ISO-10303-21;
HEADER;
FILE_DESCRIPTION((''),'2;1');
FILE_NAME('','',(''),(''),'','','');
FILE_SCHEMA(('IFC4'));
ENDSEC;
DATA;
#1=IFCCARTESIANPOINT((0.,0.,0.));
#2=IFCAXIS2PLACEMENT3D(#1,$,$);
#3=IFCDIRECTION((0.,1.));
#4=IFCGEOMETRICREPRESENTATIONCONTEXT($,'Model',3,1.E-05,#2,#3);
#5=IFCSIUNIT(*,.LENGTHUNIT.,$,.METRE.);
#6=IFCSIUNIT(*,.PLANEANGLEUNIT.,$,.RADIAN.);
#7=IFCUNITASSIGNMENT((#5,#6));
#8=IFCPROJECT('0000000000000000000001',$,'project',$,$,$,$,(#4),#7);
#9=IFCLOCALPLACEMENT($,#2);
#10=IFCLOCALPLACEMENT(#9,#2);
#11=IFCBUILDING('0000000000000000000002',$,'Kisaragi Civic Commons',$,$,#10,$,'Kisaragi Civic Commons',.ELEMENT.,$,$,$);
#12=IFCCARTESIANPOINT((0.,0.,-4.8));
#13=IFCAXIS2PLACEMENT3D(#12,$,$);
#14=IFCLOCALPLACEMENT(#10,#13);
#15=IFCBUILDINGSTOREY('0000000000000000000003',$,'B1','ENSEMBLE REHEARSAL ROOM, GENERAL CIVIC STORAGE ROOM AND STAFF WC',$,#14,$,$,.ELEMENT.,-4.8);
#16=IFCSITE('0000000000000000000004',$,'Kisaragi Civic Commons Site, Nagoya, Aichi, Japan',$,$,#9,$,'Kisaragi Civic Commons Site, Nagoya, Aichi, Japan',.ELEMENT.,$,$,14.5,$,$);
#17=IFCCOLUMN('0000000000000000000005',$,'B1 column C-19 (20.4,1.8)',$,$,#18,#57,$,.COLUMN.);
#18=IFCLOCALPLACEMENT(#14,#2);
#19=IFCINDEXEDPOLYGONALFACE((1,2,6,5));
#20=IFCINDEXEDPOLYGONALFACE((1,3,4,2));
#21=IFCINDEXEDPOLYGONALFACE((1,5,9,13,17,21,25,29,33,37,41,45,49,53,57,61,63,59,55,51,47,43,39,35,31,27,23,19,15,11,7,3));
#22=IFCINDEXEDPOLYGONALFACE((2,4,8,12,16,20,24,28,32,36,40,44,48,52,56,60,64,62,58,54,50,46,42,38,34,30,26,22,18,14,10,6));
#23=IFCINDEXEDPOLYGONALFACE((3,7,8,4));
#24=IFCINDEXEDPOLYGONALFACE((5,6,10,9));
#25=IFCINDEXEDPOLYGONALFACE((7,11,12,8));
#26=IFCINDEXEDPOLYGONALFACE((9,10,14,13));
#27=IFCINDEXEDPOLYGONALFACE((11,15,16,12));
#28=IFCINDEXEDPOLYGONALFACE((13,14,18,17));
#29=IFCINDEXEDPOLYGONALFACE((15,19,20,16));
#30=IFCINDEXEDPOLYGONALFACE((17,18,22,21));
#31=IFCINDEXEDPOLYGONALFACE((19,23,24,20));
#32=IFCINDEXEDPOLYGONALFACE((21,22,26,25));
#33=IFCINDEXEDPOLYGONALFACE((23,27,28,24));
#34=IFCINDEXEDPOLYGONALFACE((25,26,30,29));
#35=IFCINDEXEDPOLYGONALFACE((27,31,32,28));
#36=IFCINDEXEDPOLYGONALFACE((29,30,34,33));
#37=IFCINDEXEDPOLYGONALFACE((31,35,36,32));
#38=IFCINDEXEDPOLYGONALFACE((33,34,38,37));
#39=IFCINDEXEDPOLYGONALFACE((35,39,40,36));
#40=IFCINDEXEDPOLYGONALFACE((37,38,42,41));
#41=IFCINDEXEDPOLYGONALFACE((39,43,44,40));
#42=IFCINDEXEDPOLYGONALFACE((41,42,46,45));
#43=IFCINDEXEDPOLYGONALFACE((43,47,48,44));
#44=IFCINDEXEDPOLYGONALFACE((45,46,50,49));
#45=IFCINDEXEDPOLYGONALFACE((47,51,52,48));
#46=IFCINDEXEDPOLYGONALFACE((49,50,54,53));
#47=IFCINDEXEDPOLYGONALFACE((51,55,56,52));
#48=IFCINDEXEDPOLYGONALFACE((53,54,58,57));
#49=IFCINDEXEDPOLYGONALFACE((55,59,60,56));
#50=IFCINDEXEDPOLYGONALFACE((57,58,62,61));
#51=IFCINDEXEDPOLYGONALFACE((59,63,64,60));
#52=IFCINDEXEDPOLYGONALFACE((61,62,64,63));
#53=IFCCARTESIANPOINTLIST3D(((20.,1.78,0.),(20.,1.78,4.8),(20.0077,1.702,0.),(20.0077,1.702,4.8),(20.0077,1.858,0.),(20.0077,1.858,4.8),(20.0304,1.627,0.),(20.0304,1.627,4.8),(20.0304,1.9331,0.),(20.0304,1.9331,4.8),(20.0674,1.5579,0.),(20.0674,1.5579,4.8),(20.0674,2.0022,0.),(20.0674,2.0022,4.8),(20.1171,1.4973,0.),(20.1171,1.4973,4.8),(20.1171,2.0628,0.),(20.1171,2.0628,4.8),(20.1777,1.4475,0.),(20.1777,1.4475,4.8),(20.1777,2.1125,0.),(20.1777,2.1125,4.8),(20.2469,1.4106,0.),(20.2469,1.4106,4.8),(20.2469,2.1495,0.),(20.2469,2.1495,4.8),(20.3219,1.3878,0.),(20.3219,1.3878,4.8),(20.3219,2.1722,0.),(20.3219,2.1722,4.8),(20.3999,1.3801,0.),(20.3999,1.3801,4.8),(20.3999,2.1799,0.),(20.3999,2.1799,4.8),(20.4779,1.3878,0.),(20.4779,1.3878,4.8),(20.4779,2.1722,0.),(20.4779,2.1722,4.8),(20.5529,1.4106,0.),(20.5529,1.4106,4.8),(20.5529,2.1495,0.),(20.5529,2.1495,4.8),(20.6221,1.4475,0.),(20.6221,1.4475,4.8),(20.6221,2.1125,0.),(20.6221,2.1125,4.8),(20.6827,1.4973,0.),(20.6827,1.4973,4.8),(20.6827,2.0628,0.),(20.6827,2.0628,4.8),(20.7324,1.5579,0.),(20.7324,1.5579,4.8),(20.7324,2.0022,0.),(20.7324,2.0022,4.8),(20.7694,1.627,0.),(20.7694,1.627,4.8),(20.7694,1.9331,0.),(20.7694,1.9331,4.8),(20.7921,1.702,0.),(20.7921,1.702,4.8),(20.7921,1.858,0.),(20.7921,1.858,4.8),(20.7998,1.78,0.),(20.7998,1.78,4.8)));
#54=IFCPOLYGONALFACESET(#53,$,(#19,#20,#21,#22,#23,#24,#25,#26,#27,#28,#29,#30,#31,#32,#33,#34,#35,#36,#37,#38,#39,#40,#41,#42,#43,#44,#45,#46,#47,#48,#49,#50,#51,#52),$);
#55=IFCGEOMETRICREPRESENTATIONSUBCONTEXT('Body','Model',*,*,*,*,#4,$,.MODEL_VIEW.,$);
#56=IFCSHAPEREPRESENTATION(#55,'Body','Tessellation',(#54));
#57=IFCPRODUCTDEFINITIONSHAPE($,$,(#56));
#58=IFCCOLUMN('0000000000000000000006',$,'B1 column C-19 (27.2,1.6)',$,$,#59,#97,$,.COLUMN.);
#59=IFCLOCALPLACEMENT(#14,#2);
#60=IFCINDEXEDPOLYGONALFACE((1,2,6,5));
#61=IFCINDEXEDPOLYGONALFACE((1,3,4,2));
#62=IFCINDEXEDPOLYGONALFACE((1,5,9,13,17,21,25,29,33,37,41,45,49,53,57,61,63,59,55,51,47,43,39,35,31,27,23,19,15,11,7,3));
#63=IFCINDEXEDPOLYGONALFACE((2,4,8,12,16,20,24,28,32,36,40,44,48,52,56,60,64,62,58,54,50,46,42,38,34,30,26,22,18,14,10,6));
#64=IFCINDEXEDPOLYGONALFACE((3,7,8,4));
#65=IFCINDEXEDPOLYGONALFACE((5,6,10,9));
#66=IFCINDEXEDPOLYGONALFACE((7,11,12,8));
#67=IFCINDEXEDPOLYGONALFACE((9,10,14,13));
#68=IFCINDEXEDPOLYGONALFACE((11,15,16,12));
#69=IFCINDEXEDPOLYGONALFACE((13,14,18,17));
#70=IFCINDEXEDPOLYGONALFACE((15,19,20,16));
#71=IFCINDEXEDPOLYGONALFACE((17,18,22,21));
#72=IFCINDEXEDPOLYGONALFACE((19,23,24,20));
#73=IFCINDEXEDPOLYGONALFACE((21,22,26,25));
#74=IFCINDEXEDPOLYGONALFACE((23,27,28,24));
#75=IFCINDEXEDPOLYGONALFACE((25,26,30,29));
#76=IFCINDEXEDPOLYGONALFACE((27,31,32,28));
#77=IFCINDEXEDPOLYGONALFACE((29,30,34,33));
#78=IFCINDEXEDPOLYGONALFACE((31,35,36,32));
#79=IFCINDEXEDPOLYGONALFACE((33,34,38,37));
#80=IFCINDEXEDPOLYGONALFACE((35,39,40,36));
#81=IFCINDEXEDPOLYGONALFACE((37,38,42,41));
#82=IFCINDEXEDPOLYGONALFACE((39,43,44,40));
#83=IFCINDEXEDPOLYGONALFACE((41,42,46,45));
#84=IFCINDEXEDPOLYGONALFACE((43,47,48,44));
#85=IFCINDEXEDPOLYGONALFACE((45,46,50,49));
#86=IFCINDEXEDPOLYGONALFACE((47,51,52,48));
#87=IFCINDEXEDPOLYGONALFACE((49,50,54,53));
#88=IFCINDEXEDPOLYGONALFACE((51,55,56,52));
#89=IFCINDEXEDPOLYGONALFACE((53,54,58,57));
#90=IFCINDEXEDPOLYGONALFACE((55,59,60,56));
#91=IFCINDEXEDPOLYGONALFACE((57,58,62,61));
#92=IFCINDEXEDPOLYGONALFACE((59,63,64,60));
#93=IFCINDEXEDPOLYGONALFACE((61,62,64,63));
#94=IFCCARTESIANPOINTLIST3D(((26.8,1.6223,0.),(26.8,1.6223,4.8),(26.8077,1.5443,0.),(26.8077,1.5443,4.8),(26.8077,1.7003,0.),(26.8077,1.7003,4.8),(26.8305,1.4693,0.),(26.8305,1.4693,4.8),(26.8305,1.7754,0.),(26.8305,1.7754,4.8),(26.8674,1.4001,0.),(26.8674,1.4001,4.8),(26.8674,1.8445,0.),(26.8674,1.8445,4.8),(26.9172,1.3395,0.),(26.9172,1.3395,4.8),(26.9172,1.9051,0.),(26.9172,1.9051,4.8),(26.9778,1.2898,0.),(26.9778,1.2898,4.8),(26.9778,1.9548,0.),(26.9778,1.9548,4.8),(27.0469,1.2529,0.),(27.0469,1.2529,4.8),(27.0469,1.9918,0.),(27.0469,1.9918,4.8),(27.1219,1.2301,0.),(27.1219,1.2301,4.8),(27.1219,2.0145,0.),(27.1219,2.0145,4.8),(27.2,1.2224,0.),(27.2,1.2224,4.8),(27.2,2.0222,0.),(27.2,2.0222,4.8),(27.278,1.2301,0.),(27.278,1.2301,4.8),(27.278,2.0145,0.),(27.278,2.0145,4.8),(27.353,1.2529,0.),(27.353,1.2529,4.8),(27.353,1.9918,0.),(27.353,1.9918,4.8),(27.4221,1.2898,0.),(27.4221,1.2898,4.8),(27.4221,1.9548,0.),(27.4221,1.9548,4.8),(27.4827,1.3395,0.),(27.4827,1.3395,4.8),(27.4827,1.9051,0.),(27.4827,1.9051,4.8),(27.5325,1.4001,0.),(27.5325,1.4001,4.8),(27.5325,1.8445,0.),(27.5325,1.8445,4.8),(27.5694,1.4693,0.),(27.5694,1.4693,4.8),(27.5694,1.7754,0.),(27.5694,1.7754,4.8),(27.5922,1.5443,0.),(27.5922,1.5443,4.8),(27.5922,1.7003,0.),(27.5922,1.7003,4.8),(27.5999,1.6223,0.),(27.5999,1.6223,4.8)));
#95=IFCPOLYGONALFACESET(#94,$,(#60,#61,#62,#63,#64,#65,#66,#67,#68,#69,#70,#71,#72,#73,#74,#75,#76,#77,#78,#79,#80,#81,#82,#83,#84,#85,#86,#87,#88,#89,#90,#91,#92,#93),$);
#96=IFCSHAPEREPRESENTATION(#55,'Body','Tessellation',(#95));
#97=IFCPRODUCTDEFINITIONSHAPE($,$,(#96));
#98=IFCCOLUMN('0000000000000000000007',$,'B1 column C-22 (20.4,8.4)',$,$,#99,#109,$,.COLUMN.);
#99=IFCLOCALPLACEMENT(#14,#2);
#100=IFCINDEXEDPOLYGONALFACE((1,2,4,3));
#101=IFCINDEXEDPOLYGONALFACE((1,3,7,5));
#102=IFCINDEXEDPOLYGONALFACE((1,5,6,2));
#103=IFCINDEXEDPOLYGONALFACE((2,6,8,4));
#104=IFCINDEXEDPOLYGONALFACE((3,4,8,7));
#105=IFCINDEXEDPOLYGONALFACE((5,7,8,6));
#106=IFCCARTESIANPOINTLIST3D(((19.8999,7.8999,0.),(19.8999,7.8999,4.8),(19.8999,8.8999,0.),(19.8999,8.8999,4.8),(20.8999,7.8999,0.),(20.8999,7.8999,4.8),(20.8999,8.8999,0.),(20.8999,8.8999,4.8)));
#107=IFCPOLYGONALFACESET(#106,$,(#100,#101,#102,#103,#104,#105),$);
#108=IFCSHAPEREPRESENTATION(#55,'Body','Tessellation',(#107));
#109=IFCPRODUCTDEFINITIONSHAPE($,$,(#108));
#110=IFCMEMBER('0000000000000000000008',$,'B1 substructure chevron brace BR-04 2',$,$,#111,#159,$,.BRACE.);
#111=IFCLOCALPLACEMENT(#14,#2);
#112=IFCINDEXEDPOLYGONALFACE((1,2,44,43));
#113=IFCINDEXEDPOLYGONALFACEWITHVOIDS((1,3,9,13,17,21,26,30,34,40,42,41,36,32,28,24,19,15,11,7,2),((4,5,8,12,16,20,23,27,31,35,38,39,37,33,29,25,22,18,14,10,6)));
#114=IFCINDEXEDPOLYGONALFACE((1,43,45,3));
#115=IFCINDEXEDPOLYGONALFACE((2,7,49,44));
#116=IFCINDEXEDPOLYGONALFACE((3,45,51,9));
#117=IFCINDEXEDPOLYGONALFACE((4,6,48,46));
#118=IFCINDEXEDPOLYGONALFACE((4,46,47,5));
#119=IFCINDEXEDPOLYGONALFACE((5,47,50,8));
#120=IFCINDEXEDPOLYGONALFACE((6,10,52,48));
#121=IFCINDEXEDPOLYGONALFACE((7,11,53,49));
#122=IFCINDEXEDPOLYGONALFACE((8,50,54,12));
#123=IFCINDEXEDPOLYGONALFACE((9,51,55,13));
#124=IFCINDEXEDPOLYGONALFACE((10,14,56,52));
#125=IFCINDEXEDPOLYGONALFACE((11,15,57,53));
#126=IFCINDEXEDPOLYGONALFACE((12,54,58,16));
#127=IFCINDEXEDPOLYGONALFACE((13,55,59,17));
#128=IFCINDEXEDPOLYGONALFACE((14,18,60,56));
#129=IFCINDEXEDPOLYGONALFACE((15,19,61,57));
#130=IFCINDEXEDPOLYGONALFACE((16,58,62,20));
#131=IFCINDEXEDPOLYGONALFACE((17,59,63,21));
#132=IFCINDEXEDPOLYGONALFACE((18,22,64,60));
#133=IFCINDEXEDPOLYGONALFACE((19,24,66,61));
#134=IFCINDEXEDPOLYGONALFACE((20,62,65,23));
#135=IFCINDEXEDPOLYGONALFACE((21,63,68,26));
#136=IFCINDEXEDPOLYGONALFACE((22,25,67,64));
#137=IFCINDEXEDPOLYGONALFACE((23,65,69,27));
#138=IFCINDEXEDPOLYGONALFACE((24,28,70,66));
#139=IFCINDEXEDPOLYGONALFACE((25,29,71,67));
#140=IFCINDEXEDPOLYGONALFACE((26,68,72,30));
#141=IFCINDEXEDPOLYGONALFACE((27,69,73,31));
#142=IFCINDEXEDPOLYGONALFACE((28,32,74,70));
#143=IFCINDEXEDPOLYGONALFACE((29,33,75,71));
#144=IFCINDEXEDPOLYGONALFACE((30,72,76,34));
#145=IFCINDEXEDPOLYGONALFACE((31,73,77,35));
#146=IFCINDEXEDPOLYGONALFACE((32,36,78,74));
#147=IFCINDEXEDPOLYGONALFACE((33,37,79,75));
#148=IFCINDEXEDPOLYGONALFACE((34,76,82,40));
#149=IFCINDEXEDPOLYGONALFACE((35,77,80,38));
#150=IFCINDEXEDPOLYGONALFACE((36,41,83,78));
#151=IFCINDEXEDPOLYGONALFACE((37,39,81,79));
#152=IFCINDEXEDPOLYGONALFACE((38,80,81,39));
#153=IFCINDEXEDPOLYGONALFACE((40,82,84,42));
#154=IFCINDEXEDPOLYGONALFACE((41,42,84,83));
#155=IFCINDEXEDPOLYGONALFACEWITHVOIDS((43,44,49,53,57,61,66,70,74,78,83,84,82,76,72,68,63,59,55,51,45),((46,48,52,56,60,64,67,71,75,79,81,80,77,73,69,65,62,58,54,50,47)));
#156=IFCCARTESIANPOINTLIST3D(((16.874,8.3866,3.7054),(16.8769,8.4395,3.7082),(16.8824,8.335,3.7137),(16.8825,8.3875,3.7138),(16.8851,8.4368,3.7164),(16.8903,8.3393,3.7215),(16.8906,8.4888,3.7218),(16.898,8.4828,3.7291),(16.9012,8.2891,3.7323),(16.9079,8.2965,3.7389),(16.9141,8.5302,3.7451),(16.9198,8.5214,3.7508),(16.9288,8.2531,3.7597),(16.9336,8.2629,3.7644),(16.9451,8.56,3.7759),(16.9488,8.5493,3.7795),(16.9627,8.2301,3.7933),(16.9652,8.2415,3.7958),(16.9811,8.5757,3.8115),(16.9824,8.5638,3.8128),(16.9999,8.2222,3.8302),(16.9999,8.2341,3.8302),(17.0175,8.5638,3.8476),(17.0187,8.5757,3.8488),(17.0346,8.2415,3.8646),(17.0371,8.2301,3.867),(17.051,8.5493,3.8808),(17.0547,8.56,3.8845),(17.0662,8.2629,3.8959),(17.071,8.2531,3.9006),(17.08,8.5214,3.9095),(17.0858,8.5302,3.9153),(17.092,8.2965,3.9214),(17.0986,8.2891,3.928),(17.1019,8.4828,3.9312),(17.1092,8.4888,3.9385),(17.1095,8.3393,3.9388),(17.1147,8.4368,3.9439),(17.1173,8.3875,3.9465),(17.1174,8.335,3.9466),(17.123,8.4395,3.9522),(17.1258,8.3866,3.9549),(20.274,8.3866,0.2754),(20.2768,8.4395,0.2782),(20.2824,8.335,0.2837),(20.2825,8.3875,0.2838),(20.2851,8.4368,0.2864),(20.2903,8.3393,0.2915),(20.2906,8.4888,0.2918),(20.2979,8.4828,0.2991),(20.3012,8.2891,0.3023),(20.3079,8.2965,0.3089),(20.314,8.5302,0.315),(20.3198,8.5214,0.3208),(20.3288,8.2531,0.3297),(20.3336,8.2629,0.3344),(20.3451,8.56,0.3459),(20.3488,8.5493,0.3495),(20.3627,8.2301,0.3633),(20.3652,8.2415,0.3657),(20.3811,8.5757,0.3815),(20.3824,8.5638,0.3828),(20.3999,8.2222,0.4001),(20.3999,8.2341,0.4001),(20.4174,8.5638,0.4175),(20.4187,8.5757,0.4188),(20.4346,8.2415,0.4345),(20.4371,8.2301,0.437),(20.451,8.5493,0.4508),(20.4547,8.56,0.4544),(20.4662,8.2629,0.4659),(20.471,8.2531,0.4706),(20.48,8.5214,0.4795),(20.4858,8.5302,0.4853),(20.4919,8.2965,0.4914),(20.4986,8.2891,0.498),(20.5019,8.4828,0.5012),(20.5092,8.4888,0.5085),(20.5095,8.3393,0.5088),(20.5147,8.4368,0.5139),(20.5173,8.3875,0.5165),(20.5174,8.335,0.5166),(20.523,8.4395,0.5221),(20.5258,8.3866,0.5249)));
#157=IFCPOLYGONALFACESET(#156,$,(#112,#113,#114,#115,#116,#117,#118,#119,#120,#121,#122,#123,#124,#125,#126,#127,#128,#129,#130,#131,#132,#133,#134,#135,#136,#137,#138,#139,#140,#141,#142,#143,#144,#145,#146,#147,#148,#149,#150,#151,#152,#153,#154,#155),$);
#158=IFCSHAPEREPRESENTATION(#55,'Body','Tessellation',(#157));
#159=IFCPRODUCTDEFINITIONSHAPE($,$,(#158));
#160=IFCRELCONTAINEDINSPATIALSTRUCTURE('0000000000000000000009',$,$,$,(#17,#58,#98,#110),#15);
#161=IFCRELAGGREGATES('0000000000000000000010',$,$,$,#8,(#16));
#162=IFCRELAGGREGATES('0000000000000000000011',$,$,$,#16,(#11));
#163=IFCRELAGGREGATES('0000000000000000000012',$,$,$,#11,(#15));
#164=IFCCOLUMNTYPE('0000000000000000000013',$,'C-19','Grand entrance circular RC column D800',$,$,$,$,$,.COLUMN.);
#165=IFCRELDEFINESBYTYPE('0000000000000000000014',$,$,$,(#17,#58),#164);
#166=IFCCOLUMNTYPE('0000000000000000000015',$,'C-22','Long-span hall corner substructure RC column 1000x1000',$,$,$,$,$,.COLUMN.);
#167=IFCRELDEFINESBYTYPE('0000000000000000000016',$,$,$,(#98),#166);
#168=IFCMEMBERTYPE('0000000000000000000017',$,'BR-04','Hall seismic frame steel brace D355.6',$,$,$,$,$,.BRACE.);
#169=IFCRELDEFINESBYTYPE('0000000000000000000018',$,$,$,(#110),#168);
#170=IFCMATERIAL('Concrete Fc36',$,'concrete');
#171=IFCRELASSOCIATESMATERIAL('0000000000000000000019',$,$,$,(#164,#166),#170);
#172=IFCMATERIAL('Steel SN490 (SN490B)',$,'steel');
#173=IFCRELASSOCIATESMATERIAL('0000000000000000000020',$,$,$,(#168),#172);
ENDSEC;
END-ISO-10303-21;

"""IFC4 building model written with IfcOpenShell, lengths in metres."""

from ifc_helpers import new_model, si_unit, direction, frame, origin, origin_2d, place, context, subcontext, project, spatial, rectangle, circle, hollow_circle, extrude, material, material_profile, profile_set, type_object, element, save


model = new_model("IFC4")

# Units and contexts
model_context = context("Model", 3, precision=1e-05, world=origin(), true_north=direction((0.0, 1.0)))
body_context = subcontext(model_context, "Body", "Model", "MODEL_VIEW")
ifc_project = project(units=[si_unit("LENGTHUNIT", "METRE"), si_unit("PLANEANGLEUNIT", "RADIAN")], contexts=[model_context])

# Site, building, storey
site_placement = place(None, origin())
site = spatial("IfcSite", under=ifc_project, at=site_placement, Name="Kisaragi Civic Commons Site, Nagoya, Aichi, Japan", LongName="Kisaragi Civic Commons Site, Nagoya, Aichi, Japan", CompositionType="ELEMENT", RefElevation=14.5)
building_placement = place(site_placement, origin())
building = spatial("IfcBuilding", under=site, at=building_placement, Name="Kisaragi Civic Commons", LongName="Kisaragi Civic Commons", CompositionType="ELEMENT")
storey_placement = place(building_placement, frame((0.0, 0.0, -4.8)))
storey = spatial("IfcBuildingStorey", under=building, at=storey_placement, Name="B1", Description="ENSEMBLE REHEARSAL ROOM, GENERAL CIVIC STORAGE ROOM AND STAFF WC", CompositionType="ELEMENT", Elevation=-4.8)

# Shared definitions
ifc_material_1 = material(Name="Concrete Fc36", Category="concrete")

# Columns
ifc_material_profile_1 = material_profile(ifc_material_1, circle(Radius=0.3999, at=origin_2d()), Name="RC-D800", Category="concrete")
ifc_profile_set_1 = profile_set([ifc_material_profile_1], Name="Concrete Fc36")
column_type_1 = type_object("IfcColumnType", Name="C-19", Description="Grand entrance circular RC column D800", PredefinedType="COLUMN", material=ifc_profile_set_1)
for number, where, z_axis, x_axis, name in (
    (1, (20.3999, 1.78, 0.0), (0.0, 0.0, 1.0), (1.0, 0.0, 0.0), "B1 column C-19 (20.4,1.8)"),
    (2, (27.2, 1.6223, 0.0), (0.0, 0.0, 1.0), (1.0, 0.0, 0.0), "B1 column C-19 (27.2,1.6)"),
):
    element("IfcColumn", number, at=place(storey_placement, frame(where, z_axis=z_axis, x_axis=x_axis)), inside=storey, type_object=column_type_1, Name=name, PredefinedType="COLUMN", context=body_context, shape_type="SweptSolid", body=[
        extrude(circle(Radius=0.3999, at=origin_2d()), origin(), (0.0, 0.0, 1.0), 4.8),
    ])
ifc_material_profile_2 = material_profile(ifc_material_1, rectangle(XDim=1.0, YDim=1.0, at=origin_2d()), Name="RC-1000x1000", Category="concrete")
ifc_profile_set_2 = profile_set([ifc_material_profile_2], Name="Concrete Fc36")
column_type_2 = type_object("IfcColumnType", Name="C-22", Description="Long-span hall corner substructure RC column 1000x1000", PredefinedType="COLUMN", material=ifc_profile_set_2)
column_placement = place(storey_placement, frame((20.3999, 8.3999, 0.0), z_axis=(0.0, 0.0, 1.0), x_axis=(1.0, 0.0, 0.0)))
element("IfcColumn", 3, at=column_placement, inside=storey, type_object=column_type_2, Name="B1 column C-22 (20.4,8.4)", PredefinedType="COLUMN", context=body_context, shape_type="SweptSolid", body=[
    extrude(rectangle(XDim=1.0, YDim=1.0, at=origin_2d()), origin(), (0.0, 0.0, 1.0), 4.8),
])

# Member
ifc_material_2 = material(Name="Steel SN490 (SN490B)", Category="steel")
ifc_material_profile_3 = material_profile(ifc_material_2, hollow_circle(Radius=0.1777, WallThickness=0.012, at=origin_2d()), Name="CHS-355.6x12.0", Category="steel")
ifc_profile_set_3 = profile_set([ifc_material_profile_3], Name="Steel SN490 (SN490B)")
member_type = type_object("IfcMemberType", Name="BR-04", Description="Hall seismic frame steel brace D355.6", PredefinedType="BRACE", material=ifc_profile_set_3)
for number, where, z_axis, x_axis, name in (
    (4, (20.3999, 8.3999, 0.4001), (-0.703991, 0.0, 0.710209), (0.0, -1.0, 0.0), "B1 substructure chevron brace BR-04 2"),
):
    element("IfcMember", number, at=place(storey_placement, frame(where, z_axis=z_axis, x_axis=x_axis)), inside=storey, type_object=member_type, Name=name, PredefinedType="BRACE", context=body_context, shape_type="SweptSolid", body=[
        extrude(hollow_circle(Radius=0.1777, WallThickness=0.012, at=origin_2d()), origin(), (0.0, 0.0, 1.0), 4.8296),
    ])

save(model, "model.ifc")
